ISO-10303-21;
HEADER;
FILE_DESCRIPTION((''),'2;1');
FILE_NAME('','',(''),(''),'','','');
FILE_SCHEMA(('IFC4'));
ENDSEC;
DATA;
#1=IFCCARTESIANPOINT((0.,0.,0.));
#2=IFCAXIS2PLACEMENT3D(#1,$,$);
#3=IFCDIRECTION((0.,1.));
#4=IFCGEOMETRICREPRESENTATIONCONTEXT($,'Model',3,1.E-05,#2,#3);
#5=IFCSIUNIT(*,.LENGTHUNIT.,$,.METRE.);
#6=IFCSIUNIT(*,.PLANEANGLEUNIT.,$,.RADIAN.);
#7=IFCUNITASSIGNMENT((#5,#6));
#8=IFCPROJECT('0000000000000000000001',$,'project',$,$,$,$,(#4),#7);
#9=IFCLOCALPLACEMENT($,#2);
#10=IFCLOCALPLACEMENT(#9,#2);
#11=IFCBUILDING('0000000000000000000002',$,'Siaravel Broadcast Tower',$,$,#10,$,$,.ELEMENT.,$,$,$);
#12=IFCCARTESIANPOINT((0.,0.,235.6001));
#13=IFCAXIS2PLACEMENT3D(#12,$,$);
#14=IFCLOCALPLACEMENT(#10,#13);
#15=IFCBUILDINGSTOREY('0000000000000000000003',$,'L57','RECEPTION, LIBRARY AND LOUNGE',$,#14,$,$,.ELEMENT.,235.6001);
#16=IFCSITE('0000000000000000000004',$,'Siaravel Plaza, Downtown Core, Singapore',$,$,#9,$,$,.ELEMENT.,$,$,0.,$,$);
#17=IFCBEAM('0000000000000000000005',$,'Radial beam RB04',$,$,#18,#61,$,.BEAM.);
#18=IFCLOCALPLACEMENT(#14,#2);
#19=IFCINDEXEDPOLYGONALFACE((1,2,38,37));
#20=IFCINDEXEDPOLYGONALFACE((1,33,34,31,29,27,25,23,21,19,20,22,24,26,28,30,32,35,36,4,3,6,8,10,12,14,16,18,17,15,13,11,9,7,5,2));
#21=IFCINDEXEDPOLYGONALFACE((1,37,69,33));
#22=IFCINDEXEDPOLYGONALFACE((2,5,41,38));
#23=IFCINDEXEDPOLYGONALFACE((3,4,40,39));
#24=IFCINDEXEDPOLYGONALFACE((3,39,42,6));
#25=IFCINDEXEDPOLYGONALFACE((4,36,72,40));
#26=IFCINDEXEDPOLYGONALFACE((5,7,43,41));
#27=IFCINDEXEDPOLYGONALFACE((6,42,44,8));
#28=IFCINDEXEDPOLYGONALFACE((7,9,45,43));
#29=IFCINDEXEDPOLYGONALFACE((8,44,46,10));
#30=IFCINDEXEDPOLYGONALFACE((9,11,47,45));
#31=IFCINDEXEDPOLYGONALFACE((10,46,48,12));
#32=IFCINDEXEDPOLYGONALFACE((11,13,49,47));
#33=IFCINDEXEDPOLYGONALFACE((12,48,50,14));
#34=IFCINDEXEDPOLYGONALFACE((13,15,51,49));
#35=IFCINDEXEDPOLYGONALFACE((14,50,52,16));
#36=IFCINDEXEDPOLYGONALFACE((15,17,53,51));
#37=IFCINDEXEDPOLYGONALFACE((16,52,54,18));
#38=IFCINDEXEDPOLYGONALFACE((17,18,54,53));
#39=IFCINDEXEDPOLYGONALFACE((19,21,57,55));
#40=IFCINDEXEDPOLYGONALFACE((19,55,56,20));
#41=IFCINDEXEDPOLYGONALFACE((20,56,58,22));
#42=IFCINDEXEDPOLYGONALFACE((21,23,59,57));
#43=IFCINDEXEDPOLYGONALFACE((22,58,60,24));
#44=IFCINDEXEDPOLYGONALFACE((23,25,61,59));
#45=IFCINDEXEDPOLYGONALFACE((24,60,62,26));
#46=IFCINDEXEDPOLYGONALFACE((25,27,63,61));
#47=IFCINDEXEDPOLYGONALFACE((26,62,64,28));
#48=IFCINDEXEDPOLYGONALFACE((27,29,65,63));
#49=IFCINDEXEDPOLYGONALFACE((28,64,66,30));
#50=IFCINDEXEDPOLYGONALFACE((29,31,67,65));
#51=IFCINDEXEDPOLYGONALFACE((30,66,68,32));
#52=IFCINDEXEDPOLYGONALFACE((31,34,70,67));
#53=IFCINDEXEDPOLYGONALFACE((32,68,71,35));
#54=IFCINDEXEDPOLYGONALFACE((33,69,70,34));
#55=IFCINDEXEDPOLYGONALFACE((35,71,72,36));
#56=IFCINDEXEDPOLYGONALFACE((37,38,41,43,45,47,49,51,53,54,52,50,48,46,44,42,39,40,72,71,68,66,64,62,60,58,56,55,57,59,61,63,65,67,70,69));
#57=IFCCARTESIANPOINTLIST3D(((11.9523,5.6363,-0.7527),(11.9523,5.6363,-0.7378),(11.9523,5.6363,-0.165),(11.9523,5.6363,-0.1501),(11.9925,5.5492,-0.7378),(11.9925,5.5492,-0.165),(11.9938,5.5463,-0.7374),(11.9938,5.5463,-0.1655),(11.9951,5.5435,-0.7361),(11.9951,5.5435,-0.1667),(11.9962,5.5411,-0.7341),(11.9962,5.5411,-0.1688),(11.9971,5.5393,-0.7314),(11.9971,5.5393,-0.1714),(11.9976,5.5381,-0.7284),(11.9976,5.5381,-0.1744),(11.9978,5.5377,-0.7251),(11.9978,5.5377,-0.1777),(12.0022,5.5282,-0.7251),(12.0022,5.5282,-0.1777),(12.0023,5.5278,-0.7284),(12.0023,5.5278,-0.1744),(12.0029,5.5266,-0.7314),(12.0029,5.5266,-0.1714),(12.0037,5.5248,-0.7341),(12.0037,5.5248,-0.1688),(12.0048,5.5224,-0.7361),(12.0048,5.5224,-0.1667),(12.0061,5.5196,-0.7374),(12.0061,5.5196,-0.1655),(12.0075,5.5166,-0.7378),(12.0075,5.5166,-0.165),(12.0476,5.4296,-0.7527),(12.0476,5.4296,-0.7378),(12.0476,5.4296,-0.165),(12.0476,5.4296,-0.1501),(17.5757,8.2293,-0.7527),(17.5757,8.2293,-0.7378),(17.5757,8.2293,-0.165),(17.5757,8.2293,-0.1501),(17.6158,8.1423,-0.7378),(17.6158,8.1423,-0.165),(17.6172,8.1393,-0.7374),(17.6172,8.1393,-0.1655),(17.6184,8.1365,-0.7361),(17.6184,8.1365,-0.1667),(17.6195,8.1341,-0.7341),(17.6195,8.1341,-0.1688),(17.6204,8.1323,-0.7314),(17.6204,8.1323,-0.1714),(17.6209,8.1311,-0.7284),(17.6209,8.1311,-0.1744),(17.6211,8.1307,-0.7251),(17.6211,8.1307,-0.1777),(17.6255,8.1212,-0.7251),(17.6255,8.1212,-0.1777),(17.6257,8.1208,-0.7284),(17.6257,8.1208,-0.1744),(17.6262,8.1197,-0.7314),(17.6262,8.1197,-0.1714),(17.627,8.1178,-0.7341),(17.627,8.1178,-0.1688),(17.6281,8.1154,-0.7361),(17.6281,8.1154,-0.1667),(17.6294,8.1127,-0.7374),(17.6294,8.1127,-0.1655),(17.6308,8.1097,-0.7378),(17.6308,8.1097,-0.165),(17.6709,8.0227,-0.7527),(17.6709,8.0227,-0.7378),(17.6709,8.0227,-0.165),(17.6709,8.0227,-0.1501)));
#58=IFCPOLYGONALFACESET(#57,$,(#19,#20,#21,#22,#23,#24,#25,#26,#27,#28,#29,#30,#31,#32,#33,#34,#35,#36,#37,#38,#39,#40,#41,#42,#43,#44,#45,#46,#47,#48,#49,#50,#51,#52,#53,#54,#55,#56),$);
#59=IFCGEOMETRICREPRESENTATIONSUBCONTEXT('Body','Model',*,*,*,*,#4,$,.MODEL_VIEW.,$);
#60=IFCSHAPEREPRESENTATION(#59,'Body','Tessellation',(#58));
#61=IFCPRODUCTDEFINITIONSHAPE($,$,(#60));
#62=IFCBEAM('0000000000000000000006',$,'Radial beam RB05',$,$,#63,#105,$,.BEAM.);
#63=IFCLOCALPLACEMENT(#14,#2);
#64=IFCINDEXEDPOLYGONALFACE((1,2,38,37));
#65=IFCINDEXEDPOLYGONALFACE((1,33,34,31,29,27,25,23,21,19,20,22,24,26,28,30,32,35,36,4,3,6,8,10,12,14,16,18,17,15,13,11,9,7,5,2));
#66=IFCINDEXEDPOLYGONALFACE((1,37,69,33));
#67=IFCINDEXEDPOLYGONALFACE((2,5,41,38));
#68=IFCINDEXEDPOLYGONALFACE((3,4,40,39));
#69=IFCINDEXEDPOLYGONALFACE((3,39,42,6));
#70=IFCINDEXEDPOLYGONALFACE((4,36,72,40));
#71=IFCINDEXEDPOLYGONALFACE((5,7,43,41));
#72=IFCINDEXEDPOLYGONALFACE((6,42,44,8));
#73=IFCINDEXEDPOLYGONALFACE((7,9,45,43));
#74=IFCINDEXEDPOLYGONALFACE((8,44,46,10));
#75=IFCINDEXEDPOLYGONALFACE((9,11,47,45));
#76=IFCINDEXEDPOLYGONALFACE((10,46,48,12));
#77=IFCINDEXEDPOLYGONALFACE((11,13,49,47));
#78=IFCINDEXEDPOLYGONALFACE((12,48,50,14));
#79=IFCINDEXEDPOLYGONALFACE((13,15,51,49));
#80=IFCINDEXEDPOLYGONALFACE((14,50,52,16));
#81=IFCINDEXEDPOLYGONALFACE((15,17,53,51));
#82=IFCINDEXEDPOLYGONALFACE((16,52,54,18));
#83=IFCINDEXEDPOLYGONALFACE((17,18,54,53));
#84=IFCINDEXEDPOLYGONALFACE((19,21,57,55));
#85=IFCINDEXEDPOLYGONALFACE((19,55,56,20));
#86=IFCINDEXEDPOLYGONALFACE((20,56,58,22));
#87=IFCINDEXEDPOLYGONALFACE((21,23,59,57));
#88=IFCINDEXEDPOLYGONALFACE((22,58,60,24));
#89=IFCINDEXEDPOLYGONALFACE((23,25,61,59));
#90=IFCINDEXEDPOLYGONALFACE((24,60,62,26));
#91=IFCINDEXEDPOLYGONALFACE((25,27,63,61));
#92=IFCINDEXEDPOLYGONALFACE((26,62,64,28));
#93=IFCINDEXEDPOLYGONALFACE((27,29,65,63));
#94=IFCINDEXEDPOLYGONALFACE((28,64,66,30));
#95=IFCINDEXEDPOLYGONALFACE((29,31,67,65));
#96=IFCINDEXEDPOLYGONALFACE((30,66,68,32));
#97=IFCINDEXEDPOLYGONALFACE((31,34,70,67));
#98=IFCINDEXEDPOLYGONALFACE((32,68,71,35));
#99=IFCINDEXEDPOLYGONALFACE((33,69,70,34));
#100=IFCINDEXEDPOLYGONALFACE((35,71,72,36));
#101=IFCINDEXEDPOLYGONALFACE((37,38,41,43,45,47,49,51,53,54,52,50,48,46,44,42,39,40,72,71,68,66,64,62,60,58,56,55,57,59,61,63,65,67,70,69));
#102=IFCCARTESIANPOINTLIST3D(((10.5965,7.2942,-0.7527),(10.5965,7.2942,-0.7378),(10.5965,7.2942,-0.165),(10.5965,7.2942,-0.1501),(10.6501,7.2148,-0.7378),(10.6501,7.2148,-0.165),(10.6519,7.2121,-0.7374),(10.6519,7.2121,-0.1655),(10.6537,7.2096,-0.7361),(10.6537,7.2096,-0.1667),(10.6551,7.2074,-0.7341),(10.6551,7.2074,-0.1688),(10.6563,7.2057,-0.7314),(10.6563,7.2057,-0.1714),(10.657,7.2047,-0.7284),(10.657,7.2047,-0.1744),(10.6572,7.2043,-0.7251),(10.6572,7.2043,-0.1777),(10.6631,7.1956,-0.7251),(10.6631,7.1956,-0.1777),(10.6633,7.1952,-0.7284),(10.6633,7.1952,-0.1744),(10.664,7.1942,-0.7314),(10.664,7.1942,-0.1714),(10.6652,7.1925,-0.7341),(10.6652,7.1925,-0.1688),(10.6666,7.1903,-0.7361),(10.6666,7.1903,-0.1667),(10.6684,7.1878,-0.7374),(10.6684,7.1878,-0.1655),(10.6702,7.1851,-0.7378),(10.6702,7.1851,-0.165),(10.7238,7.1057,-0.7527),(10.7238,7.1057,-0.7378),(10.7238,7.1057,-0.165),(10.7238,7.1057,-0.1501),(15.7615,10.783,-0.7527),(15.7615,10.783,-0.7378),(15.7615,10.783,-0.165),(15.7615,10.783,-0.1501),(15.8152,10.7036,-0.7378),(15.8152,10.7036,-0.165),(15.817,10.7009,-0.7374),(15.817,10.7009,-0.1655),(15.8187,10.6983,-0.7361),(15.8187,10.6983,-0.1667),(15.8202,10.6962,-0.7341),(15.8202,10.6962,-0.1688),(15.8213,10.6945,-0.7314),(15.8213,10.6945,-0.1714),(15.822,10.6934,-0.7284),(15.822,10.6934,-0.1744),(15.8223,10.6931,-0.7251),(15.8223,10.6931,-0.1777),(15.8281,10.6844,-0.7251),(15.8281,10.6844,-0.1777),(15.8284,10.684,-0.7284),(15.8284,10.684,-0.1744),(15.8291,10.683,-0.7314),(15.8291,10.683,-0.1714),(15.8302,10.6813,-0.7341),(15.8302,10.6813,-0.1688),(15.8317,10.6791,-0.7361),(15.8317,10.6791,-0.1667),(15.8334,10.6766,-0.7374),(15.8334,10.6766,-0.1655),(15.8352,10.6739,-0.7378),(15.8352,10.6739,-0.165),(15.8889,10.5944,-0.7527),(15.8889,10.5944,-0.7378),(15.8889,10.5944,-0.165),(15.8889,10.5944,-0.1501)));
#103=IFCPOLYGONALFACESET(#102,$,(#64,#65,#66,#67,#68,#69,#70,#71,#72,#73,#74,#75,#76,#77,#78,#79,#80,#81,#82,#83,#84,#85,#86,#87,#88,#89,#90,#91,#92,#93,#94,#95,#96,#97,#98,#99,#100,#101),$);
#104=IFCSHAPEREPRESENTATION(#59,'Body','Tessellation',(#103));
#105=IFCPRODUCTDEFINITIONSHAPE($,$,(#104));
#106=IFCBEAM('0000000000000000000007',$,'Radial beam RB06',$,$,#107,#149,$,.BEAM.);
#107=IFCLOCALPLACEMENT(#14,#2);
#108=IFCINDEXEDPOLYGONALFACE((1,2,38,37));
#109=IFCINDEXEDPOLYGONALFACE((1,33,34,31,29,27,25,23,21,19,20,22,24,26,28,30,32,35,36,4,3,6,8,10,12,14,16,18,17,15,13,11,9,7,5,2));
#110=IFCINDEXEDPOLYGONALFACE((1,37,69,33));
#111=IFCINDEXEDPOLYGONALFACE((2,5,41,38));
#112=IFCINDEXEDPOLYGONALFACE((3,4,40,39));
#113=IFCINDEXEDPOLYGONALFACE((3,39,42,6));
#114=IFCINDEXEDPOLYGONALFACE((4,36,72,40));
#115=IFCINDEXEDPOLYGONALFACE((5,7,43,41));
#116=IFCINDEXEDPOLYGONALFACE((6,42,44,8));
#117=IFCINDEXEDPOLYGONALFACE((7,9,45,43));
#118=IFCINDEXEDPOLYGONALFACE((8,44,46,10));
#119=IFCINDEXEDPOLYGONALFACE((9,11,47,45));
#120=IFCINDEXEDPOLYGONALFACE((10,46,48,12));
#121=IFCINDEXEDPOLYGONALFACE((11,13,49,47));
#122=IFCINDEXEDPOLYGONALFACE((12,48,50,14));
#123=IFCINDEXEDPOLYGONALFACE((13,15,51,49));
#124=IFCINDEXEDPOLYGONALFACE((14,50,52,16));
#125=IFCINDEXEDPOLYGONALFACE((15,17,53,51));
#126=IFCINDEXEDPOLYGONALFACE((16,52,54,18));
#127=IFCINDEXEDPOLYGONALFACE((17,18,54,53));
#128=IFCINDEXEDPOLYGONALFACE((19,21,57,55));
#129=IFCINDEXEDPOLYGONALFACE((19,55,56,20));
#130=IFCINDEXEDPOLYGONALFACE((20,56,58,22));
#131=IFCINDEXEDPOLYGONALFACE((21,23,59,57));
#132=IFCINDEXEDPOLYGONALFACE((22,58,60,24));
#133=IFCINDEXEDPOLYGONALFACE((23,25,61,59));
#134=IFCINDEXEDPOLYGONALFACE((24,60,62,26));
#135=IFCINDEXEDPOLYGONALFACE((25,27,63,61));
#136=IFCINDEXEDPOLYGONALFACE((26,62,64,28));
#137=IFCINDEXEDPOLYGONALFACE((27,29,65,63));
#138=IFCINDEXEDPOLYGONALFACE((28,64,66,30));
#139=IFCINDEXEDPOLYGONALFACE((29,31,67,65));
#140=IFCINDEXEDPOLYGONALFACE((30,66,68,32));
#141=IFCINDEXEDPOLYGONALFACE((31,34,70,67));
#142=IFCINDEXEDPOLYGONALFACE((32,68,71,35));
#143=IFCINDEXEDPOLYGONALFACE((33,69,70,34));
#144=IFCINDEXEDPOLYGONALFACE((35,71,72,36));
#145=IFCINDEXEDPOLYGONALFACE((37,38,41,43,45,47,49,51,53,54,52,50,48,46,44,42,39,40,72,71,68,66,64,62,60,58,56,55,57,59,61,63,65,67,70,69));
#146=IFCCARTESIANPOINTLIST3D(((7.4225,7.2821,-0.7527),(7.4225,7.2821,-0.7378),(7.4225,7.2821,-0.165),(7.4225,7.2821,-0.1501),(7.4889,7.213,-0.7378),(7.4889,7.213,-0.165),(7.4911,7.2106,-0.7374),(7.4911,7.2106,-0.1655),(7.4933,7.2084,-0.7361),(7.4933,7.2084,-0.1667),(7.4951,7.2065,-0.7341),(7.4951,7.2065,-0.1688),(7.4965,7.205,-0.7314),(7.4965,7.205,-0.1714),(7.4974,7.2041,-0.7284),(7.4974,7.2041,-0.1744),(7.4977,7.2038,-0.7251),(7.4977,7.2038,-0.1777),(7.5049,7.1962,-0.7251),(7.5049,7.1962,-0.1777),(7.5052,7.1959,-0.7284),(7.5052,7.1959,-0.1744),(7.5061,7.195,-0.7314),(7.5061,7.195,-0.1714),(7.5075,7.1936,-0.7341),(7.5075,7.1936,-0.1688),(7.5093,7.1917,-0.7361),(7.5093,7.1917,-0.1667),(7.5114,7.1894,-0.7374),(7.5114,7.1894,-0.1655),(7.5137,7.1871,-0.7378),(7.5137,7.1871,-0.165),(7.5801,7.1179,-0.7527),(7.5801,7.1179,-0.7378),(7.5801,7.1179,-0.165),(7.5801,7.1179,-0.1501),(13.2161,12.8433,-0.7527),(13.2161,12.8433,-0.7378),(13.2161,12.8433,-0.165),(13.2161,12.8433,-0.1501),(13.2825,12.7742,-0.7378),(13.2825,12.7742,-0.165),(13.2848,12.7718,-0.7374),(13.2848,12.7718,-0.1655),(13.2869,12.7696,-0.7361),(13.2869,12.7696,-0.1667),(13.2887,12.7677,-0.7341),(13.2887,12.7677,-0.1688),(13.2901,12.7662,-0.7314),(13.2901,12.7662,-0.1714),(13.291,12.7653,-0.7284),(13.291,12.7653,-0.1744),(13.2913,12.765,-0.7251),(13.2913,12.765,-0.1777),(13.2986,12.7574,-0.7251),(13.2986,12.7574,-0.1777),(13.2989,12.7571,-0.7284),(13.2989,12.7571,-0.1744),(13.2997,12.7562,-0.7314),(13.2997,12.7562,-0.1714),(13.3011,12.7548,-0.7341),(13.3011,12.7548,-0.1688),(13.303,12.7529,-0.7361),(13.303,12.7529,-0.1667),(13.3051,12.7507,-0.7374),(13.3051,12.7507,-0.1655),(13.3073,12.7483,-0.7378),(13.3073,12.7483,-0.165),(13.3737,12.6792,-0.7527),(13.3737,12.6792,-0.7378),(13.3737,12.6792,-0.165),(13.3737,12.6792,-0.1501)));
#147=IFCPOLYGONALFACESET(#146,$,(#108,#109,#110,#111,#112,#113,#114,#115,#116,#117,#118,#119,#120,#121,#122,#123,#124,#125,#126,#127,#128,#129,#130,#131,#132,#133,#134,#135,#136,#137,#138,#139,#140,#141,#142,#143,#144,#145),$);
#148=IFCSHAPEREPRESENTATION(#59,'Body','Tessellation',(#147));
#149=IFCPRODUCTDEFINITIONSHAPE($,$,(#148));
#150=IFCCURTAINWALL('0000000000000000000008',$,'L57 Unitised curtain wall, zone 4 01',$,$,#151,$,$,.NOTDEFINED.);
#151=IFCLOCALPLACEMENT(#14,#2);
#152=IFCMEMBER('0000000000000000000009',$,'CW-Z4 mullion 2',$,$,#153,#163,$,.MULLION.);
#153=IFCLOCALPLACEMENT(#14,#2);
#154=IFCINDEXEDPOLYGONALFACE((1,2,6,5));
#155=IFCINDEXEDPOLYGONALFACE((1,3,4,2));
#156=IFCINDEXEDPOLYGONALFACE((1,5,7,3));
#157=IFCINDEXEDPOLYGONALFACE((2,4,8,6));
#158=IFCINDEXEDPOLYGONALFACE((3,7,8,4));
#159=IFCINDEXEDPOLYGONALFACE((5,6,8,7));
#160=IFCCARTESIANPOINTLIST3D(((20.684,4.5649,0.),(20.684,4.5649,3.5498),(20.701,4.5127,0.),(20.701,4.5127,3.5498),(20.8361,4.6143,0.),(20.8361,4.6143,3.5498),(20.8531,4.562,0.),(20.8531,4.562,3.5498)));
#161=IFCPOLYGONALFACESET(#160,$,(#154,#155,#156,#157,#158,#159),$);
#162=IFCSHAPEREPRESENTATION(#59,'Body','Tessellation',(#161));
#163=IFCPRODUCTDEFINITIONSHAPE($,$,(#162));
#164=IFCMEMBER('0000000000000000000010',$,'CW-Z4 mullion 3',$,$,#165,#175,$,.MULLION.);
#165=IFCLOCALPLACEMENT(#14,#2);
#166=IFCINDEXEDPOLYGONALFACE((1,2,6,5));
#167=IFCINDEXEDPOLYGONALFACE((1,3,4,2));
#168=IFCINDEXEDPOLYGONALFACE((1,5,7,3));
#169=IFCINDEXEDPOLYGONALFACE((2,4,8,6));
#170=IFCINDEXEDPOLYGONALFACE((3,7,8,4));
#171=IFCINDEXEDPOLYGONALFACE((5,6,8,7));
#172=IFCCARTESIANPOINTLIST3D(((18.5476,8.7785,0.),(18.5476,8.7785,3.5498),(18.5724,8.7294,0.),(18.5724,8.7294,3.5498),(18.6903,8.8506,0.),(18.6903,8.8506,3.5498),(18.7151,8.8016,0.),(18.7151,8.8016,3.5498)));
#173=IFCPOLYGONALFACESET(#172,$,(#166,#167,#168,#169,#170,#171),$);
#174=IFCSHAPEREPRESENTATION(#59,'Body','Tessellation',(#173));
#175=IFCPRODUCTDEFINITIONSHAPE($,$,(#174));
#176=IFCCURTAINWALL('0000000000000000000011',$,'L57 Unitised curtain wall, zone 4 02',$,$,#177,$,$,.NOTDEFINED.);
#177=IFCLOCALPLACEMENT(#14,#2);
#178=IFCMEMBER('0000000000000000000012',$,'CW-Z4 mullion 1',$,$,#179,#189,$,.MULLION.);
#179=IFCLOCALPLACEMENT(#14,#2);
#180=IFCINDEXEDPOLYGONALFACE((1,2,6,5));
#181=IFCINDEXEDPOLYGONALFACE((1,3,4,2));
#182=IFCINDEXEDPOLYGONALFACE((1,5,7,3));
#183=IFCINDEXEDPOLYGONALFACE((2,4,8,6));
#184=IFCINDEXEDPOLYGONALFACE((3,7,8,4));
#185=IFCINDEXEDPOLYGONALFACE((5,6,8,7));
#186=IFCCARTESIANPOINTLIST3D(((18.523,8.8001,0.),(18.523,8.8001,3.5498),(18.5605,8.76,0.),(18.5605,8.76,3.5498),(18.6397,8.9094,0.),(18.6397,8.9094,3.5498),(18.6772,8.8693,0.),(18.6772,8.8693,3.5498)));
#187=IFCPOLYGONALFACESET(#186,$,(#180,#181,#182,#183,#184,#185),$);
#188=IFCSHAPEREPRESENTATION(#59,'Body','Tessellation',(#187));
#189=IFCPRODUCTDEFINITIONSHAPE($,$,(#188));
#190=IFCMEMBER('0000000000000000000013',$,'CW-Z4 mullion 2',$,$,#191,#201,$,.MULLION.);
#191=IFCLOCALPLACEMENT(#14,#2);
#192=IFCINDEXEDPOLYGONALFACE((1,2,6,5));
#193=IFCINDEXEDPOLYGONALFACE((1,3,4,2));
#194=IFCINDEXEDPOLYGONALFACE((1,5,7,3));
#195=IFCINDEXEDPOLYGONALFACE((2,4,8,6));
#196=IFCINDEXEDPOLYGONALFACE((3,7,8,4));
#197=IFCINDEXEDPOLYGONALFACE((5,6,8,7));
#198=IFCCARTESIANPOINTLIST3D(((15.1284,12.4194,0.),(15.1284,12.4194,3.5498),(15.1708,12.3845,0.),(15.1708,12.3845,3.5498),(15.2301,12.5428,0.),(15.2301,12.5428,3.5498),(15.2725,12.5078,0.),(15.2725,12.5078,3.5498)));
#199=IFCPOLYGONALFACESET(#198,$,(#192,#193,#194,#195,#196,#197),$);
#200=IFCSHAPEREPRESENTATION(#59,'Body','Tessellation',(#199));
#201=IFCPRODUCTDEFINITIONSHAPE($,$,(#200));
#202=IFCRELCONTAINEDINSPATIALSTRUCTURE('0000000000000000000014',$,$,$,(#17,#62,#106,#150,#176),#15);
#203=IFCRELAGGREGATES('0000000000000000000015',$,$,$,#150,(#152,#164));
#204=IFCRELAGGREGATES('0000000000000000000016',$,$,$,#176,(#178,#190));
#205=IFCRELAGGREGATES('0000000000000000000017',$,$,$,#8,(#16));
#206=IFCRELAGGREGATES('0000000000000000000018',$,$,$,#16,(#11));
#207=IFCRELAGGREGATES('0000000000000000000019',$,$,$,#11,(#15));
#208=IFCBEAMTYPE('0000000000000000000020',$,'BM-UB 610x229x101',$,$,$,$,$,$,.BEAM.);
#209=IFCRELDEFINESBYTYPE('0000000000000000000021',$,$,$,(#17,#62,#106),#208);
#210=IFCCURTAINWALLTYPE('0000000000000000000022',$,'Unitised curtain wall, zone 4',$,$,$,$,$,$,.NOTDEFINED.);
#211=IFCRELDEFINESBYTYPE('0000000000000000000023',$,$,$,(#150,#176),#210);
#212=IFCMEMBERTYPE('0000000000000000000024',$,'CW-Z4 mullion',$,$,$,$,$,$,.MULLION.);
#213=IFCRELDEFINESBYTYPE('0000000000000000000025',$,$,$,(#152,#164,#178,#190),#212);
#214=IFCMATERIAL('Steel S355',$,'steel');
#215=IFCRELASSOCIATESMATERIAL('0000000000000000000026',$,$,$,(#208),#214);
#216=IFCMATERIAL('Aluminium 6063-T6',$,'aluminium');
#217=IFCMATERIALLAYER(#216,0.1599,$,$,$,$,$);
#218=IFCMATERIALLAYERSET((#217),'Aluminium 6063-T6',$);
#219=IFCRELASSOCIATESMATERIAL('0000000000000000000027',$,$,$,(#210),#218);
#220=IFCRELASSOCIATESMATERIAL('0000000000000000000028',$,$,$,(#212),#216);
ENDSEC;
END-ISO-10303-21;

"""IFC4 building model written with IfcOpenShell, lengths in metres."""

from ifc_helpers import new_model, si_unit, direction, frame, origin, origin_2d, place, context, subcontext, project, spatial, rectangle, i_section, extrude, material, layer, layer_set, material_profile, profile_set, type_object, element, aggregate, save


model = new_model("IFC4")

# Units and contexts
model_context = context("Model", 3, precision=1e-05, world=origin(), true_north=direction((0.0, 1.0)))
body_context = subcontext(model_context, "Body", "Model", "MODEL_VIEW")
ifc_project = project(units=[si_unit("LENGTHUNIT", "METRE"), si_unit("PLANEANGLEUNIT", "RADIAN")], contexts=[model_context])

# Site, building, storey
site_placement = place(None, origin())
site = spatial("IfcSite", under=ifc_project, at=site_placement, Name="Siaravel Plaza, Downtown Core, Singapore", CompositionType="ELEMENT", RefElevation=0.0)
building_placement = place(site_placement, origin())
building = spatial("IfcBuilding", under=site, at=building_placement, Name="Siaravel Broadcast Tower", CompositionType="ELEMENT")
storey_placement = place(building_placement, frame((0.0, 0.0, 235.6001)))
storey = spatial("IfcBuildingStorey", under=building, at=storey_placement, Name="L57", Description="RECEPTION, LIBRARY AND LOUNGE", CompositionType="ELEMENT", Elevation=235.6001)

# Beams
ifc_material_1 = material(Name="Steel S355", Category="steel")
ifc_material_profile_1 = material_profile(ifc_material_1, i_section(OverallWidth=0.2275, OverallDepth=0.6025, WebThickness=0.0105, FlangeThickness=0.0149, FilletRadius=0.0127, at=origin_2d()))
ifc_profile_set_1 = profile_set([ifc_material_profile_1], Name="Steel S355")
beam_type = type_object("IfcBeamType", Name="BM-UB 610x229x101", PredefinedType="BEAM", material=ifc_profile_set_1)
beam_1_placement = place(storey_placement, frame((17.6233, 8.126, -0.4514), z_axis=(-0.908104, -0.418746, 0.0), x_axis=(0.418746, -0.908104, 0.0)))
element("IfcBeam", 1, at=beam_1_placement, inside=storey, type_object=beam_type, Name="Radial beam RB04", PredefinedType="BEAM", context=body_context, shape_type="SweptSolid", body=[
    extrude(i_section(OverallWidth=0.2275, OverallDepth=0.6025, WebThickness=0.0105, FlangeThickness=0.0149, FilletRadius=0.0127, at=origin_2d()), origin(), (0.0, 0.0, 1.0), 6.1924),
])
beam_2_placement = place(storey_placement, frame((15.8252, 10.6887, -0.4514), z_axis=(-0.828672, -0.559734, 0.0), x_axis=(0.559734, -0.828672, 0.0)))
element("IfcBeam", 2, at=beam_2_placement, inside=storey, type_object=beam_type, Name="Radial beam RB05", PredefinedType="BEAM", context=body_context, shape_type="SweptSolid", body=[
    extrude(i_section(OverallWidth=0.2275, OverallDepth=0.6025, WebThickness=0.0105, FlangeThickness=0.0149, FilletRadius=0.0127, at=origin_2d()), origin(), (0.0, 0.0, 1.0), 6.2329),
])
beam_3_placement = place(storey_placement, frame((13.2949, 12.7612, -0.4514), z_axis=(-0.721429, -0.692488, 0.0), x_axis=(0.692488, -0.721429, 0.0)))
element("IfcBeam", 3, at=beam_3_placement, inside=storey, type_object=beam_type, Name="Radial beam RB06", PredefinedType="BEAM", context=body_context, shape_type="SweptSolid", body=[
    extrude(i_section(OverallWidth=0.2275, OverallDepth=0.6025, WebThickness=0.0105, FlangeThickness=0.0149, FilletRadius=0.0127, at=origin_2d()), origin(), (0.0, 0.0, 1.0), 8.0308),
])

# Curtain walls, members
ifc_material_2 = material(Name="Aluminium 6063-T6", Category="aluminium")
ifc_layer_1 = layer(ifc_material_2, 0.1599)
ifc_layer_set_1 = layer_set([ifc_layer_1], Name="Aluminium 6063-T6")
curtain_wall_type = type_object("IfcCurtainWallType", Name="Unitised curtain wall, zone 4", PredefinedType="NOTDEFINED", material=ifc_layer_set_1)
curtain_wall_1_placement = place(storey_placement, origin())
curtain_wall_1 = element("IfcCurtainWall", 4, at=curtain_wall_1_placement, inside=storey, type_object=curtain_wall_type, Name="L57 Unitised curtain wall, zone 4 01", PredefinedType="NOTDEFINED")
ifc_material_profile_2 = material_profile(ifc_material_2, rectangle(XDim=0.1599, YDim=0.0549, at=origin_2d()))
ifc_profile_set_2 = profile_set([ifc_material_profile_2], Name="Aluminium 6063-T6")
member_type_1 = type_object("IfcMemberType", Name="CW-Z4 mullion", PredefinedType="MULLION", material=ifc_profile_set_2)
member_1_placement = place(storey_placement, frame((20.7686, 4.5635, 0.0), z_axis=(0.0, 0.0, 1.0), x_axis=(-0.951178, -0.308644, 0.0)))
member_1 = element("IfcMember", 5, at=member_1_placement, type_object=member_type_1, Name="CW-Z4 mullion 2", PredefinedType="MULLION", context=body_context, shape_type="SweptSolid", body=[
    extrude(rectangle(XDim=0.1599, YDim=0.0549, at=origin_2d()), origin(), (0.0, 0.0, 1.0), 3.5498),
])
member_2_placement = place(storey_placement, frame((18.6313, 8.79, 0.0), z_axis=(0.0, 0.0, 1.0), x_axis=(-0.892393, -0.451259, 0.0)))
member_2 = element("IfcMember", 6, at=member_2_placement, type_object=member_type_1, Name="CW-Z4 mullion 3", PredefinedType="MULLION", context=body_context, shape_type="SweptSolid", body=[
    extrude(rectangle(XDim=0.1599, YDim=0.0549, at=origin_2d()), origin(), (0.0, 0.0, 1.0), 3.5498),
])
curtain_wall_2_placement = place(storey_placement, origin())
curtain_wall_2 = element("IfcCurtainWall", 7, at=curtain_wall_2_placement, inside=storey, type_object=curtain_wall_type, Name="L57 Unitised curtain wall, zone 4 02", PredefinedType="NOTDEFINED")
member_3_placement = place(storey_placement, frame((18.6001, 8.8347, 0.0), z_axis=(0.0, 0.0, 1.0), x_axis=(-0.729806, -0.683654, 0.0)))
member_3 = element("IfcMember", 8, at=member_3_placement, type_object=member_type_1, Name="CW-Z4 mullion 1", PredefinedType="MULLION", context=body_context, shape_type="SweptSolid", body=[
    extrude(rectangle(XDim=0.1599, YDim=0.0549, at=origin_2d()), origin(), (0.0, 0.0, 1.0), 3.5498),
])
member_4_placement = place(storey_placement, frame((15.2004, 12.4636, 0.0), z_axis=(0.0, 0.0, 1.0), x_axis=(-0.63622, -0.771508, 0.0)))
member_4 = element("IfcMember", 9, at=member_4_placement, type_object=member_type_1, Name="CW-Z4 mullion 2", PredefinedType="MULLION", context=body_context, shape_type="SweptSolid", body=[
    extrude(rectangle(XDim=0.1599, YDim=0.0549, at=origin_2d()), origin(), (0.0, 0.0, 1.0), 3.5498),
])

aggregate(curtain_wall_1, [member_1, member_2])
aggregate(curtain_wall_2, [member_3, member_4])

save(model, "model.ifc")
